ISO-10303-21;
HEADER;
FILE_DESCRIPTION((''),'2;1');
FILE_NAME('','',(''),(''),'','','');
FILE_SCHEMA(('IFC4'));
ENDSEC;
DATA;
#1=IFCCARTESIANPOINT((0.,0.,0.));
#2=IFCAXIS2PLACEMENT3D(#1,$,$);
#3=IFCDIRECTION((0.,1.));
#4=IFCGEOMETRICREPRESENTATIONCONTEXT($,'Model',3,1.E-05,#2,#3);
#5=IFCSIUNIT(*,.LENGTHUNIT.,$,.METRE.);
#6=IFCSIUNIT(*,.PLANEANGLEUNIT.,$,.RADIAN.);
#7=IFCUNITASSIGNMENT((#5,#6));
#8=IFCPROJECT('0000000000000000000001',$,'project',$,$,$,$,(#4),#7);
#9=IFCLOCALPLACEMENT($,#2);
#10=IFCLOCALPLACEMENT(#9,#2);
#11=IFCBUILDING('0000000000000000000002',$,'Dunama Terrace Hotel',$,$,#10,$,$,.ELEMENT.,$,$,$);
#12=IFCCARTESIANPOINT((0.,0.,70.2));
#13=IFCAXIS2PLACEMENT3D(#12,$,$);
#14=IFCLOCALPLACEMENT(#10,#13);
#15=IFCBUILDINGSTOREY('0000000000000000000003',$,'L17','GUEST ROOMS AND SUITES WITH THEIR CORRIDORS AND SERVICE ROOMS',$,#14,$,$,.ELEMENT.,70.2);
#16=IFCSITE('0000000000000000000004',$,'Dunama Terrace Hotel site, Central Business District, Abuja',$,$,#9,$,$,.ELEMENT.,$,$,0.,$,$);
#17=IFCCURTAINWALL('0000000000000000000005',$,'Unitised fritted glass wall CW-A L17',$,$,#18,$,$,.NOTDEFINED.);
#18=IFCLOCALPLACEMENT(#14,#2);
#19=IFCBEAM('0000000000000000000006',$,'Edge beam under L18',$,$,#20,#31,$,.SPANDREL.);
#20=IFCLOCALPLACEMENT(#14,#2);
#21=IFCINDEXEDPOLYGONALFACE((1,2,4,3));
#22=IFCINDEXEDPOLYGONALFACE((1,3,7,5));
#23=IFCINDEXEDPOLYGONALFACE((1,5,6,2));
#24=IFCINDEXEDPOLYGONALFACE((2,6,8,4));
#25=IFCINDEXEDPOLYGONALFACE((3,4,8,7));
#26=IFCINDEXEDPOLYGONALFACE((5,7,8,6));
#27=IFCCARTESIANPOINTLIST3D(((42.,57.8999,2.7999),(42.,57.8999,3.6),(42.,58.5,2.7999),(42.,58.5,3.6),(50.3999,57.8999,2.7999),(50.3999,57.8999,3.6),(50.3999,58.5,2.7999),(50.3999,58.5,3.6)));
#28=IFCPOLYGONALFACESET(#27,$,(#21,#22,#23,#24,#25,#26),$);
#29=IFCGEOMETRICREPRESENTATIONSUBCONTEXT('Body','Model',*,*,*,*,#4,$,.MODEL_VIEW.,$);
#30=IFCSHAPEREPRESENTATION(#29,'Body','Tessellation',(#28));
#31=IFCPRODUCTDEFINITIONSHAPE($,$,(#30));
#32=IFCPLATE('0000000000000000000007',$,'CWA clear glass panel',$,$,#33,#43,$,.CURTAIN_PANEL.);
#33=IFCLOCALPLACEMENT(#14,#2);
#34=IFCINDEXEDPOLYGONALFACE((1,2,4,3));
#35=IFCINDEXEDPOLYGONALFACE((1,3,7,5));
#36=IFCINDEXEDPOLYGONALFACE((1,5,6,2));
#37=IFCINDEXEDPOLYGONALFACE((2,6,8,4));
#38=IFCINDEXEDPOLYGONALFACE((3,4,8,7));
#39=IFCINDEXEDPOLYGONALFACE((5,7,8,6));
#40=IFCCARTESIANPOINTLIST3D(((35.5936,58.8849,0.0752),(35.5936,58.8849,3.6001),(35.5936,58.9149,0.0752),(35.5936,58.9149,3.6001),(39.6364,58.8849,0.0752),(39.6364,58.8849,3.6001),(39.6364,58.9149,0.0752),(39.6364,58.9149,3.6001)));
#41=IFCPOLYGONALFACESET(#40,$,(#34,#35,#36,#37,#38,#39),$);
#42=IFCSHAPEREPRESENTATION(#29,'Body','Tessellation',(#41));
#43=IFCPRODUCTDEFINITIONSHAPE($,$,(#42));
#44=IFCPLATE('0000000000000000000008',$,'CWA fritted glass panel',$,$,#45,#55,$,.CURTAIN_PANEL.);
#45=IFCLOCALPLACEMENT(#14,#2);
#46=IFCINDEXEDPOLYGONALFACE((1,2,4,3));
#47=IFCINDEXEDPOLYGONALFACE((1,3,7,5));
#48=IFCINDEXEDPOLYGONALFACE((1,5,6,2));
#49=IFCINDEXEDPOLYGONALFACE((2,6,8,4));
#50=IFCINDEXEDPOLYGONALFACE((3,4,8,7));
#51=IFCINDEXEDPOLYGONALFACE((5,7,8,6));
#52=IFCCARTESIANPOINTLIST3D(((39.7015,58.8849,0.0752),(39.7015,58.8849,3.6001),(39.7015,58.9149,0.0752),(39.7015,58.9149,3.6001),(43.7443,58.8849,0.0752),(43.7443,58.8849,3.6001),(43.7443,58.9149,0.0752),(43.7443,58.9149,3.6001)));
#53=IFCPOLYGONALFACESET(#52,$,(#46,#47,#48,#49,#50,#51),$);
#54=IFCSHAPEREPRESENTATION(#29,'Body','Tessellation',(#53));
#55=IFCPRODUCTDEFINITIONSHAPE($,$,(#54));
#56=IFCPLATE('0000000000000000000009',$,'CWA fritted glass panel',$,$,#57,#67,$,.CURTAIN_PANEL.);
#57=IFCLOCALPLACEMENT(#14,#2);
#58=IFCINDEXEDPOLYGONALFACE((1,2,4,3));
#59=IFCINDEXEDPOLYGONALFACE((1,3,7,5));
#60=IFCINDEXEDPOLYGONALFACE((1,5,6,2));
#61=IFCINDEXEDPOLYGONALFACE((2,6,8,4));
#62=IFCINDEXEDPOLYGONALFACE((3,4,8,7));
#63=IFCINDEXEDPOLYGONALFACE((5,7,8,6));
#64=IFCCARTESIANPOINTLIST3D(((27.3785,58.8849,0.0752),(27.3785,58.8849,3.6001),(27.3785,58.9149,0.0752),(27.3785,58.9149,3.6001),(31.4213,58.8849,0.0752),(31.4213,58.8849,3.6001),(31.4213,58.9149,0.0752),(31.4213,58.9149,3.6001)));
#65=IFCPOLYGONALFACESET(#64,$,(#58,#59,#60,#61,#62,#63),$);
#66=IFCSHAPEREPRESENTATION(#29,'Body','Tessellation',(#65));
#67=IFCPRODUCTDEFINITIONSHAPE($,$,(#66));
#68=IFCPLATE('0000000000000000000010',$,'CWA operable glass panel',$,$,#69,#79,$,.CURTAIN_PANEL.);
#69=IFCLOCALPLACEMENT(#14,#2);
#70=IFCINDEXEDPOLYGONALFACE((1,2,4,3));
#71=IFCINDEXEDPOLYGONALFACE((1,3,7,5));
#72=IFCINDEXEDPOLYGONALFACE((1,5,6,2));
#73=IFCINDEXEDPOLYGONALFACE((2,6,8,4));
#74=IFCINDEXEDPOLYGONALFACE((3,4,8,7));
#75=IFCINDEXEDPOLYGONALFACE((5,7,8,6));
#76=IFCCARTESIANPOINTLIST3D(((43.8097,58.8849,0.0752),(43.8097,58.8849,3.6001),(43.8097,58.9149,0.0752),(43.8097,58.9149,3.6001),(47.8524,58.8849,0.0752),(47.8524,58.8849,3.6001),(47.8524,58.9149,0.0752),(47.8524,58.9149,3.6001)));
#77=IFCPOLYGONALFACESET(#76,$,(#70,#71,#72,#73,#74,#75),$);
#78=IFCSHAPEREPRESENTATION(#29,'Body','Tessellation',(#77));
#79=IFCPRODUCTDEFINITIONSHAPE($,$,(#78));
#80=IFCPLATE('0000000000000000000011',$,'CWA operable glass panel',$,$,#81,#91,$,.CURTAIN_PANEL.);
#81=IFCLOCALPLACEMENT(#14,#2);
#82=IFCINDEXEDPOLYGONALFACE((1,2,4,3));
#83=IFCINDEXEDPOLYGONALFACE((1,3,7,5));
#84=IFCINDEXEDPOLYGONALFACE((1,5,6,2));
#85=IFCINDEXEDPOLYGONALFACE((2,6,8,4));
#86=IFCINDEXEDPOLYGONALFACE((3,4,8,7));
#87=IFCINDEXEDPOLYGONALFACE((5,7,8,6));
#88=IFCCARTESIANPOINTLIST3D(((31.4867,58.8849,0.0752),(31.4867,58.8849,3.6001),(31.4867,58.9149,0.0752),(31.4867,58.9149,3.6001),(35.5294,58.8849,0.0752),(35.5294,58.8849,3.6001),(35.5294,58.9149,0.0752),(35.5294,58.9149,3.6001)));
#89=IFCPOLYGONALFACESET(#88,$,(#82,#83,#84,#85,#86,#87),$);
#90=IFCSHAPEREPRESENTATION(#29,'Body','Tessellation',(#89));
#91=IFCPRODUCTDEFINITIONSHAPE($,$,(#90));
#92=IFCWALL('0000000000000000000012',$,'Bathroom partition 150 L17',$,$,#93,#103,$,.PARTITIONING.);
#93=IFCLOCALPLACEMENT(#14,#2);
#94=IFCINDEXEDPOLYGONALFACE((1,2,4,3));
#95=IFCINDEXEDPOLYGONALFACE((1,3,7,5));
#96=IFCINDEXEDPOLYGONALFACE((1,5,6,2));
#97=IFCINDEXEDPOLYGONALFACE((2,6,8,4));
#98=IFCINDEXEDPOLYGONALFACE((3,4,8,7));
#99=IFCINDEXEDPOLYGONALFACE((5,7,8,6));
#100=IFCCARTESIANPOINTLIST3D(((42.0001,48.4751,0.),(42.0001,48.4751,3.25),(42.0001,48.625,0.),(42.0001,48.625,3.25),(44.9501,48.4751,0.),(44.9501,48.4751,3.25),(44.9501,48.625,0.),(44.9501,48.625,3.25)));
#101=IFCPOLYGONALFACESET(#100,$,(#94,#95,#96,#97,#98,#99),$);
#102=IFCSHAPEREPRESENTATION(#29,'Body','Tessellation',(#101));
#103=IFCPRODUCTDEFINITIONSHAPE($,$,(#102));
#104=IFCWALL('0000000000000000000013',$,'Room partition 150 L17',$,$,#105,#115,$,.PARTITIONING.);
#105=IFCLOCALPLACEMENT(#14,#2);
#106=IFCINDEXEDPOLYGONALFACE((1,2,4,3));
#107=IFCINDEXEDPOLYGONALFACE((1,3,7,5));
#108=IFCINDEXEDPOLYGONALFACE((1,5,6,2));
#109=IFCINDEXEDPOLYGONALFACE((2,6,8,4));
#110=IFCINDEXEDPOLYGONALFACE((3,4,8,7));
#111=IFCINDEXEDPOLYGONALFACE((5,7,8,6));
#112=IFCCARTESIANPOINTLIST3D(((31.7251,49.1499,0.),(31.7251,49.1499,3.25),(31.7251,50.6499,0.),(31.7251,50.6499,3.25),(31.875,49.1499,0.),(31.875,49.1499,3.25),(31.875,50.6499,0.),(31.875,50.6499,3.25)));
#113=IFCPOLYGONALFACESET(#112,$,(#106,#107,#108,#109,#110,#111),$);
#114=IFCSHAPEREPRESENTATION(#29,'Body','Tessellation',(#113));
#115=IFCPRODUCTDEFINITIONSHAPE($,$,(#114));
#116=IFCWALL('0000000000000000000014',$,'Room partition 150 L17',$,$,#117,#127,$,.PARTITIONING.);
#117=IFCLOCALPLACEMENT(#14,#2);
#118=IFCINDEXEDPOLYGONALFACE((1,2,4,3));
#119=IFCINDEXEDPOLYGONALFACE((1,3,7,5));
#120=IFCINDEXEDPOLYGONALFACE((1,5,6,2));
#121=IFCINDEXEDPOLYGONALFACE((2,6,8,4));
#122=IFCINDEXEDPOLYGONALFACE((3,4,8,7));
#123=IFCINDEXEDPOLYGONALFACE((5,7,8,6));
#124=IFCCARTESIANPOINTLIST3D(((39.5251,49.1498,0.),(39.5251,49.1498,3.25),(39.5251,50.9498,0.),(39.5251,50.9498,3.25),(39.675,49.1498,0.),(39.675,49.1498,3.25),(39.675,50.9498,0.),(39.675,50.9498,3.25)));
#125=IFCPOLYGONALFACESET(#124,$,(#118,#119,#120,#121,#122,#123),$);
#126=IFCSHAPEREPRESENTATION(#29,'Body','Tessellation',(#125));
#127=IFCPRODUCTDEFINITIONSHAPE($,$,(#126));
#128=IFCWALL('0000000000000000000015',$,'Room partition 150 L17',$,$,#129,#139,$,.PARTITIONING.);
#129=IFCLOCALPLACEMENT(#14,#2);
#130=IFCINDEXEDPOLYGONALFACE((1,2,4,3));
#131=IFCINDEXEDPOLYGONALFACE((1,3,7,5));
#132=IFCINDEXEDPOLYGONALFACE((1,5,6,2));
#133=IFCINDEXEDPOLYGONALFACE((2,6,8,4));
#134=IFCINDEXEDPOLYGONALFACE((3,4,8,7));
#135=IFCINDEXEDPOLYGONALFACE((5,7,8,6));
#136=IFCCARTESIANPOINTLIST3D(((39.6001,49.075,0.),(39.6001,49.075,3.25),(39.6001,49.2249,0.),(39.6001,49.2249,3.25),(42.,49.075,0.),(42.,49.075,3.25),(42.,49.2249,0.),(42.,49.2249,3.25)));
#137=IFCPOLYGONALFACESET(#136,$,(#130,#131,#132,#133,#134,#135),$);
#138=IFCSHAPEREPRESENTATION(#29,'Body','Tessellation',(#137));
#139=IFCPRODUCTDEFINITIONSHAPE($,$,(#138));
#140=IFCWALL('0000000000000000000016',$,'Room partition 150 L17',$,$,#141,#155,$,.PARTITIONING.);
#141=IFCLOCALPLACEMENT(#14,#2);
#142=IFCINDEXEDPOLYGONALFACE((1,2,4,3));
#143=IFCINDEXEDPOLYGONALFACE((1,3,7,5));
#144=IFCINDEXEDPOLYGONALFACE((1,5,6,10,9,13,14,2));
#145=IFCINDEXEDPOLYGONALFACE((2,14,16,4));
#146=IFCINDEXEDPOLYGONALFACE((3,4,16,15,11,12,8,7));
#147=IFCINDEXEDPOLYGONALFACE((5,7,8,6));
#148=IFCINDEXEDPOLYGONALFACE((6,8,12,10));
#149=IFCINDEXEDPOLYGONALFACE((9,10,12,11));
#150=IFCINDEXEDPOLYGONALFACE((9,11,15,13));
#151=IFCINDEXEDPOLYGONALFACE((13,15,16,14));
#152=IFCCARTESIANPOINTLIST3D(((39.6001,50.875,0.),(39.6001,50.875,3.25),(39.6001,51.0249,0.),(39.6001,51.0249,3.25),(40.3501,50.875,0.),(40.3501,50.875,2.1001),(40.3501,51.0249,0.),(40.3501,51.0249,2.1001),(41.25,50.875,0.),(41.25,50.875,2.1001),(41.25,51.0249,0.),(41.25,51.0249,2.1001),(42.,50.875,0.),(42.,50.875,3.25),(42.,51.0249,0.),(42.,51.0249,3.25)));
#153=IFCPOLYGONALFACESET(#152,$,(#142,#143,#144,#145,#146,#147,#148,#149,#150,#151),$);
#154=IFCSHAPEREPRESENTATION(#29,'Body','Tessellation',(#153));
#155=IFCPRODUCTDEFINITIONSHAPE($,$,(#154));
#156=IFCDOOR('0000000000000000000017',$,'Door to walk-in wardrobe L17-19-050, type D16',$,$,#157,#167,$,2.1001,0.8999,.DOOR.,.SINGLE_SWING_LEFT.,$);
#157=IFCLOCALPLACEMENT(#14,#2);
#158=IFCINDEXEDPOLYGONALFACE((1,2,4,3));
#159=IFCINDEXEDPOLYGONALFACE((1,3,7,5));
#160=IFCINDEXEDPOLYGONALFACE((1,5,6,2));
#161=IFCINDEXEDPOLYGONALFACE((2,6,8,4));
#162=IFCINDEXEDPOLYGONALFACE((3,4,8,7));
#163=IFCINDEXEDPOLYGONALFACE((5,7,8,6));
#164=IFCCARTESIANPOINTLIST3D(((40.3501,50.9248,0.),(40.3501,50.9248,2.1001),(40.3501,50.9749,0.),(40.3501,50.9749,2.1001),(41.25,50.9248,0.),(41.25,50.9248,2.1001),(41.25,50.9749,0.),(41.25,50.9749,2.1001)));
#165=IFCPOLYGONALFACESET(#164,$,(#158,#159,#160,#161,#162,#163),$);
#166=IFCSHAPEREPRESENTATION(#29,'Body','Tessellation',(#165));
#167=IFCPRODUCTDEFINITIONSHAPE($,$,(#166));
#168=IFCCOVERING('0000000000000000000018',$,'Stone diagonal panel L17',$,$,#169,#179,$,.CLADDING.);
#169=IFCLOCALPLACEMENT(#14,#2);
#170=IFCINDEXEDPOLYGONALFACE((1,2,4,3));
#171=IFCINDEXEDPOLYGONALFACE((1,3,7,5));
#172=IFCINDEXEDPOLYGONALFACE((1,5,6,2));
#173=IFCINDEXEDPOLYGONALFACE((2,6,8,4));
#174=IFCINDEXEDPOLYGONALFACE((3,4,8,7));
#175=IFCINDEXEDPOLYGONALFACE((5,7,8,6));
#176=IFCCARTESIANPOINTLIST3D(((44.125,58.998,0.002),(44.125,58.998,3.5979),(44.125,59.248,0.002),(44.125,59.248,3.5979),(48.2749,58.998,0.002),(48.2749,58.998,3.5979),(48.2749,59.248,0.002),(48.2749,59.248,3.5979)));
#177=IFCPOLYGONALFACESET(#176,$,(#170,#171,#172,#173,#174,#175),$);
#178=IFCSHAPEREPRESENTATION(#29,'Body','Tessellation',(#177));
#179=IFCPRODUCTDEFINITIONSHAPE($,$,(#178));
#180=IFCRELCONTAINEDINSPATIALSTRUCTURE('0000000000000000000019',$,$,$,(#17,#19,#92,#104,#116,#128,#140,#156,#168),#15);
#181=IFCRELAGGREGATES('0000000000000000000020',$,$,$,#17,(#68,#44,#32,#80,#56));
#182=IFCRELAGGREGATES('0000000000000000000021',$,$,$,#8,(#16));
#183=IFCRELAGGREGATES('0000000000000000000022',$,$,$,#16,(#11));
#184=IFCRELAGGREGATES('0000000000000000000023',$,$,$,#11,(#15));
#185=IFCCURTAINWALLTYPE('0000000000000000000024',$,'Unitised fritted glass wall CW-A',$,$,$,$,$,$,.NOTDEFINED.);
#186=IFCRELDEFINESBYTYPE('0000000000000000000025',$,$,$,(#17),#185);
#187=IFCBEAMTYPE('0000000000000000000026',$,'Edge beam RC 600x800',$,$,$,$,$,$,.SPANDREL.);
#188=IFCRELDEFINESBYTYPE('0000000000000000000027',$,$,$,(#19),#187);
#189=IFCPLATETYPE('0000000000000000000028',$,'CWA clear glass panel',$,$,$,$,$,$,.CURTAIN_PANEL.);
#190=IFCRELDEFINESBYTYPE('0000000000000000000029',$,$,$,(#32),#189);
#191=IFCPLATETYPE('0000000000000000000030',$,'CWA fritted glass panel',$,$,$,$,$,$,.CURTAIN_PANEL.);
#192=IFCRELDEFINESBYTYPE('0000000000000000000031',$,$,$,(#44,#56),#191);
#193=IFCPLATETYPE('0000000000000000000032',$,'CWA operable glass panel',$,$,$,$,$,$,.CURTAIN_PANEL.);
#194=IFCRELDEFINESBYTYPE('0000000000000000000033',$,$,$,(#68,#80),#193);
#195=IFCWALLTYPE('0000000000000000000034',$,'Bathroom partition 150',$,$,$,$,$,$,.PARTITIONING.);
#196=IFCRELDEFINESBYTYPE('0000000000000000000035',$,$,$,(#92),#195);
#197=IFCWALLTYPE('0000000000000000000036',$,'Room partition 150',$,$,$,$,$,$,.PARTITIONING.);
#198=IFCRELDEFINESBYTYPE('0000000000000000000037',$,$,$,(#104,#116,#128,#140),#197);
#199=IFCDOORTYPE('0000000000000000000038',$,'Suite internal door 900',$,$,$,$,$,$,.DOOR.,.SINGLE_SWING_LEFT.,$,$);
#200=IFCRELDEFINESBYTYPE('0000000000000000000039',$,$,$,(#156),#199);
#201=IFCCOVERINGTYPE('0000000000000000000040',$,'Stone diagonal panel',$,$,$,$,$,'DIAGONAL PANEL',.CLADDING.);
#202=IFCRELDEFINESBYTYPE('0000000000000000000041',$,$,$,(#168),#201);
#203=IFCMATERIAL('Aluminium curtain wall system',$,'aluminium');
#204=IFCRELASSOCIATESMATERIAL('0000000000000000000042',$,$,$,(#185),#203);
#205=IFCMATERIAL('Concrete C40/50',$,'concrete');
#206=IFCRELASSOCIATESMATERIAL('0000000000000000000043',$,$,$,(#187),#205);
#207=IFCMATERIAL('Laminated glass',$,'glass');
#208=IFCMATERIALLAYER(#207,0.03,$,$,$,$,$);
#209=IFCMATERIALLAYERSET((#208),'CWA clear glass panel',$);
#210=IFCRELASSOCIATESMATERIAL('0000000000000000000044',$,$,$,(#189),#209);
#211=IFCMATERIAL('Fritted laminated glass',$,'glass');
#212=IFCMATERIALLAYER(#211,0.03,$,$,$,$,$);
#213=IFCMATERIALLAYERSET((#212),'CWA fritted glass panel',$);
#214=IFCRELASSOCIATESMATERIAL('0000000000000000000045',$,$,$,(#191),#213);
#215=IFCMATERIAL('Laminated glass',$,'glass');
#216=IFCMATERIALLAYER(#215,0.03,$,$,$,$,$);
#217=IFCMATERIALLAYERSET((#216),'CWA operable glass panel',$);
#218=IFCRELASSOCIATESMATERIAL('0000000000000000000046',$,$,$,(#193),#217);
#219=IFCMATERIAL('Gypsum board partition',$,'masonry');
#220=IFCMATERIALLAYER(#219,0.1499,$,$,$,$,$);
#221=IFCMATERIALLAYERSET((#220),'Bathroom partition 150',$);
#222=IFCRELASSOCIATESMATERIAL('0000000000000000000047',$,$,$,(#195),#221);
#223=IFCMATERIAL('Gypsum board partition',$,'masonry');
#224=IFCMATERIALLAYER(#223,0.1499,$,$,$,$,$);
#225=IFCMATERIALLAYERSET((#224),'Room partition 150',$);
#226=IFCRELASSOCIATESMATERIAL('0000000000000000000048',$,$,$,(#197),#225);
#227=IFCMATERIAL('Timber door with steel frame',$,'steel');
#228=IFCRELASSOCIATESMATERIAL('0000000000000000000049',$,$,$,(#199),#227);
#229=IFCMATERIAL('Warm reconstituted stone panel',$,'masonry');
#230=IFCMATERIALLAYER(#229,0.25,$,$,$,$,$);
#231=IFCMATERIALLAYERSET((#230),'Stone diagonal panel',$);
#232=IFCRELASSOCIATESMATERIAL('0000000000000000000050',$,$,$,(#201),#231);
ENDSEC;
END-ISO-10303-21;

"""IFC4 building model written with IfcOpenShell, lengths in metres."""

from ifc_helpers import new_model, si_unit, direction, frame, frame_2d, origin, origin_2d, place, context, subcontext, project, spatial, rectangle, extrude, material, layer, layer_set, material_profile, profile_set, type_object, element, fill, aggregate, save


model = new_model("IFC4")

# Units and contexts
model_context = context("Model", 3, precision=1e-05, world=origin(), true_north=direction((0.0, 1.0)))
body_context = subcontext(model_context, "Body", "Model", "MODEL_VIEW")
ifc_project = project(units=[si_unit("LENGTHUNIT", "METRE"), si_unit("PLANEANGLEUNIT", "RADIAN")], contexts=[model_context])

# Site, building, storey
site_placement = place(None, origin())
site = spatial("IfcSite", under=ifc_project, at=site_placement, Name="Dunama Terrace Hotel site, Central Business District, Abuja", CompositionType="ELEMENT", RefElevation=0.0)
building_placement = place(site_placement, origin())
building = spatial("IfcBuilding", under=site, at=building_placement, Name="Dunama Terrace Hotel", CompositionType="ELEMENT")
storey_placement = place(building_placement, frame((0.0, 0.0, 70.2)))
storey = spatial("IfcBuildingStorey", under=building, at=storey_placement, Name="L17", Description="GUEST ROOMS AND SUITES WITH THEIR CORRIDORS AND SERVICE ROOMS", CompositionType="ELEMENT", Elevation=70.2)

# Curtain wall
ifc_material_1 = material(Name="Aluminium curtain wall system", Category="aluminium")
curtain_wall_type = type_object("IfcCurtainWallType", Name="Unitised fritted glass wall CW-A", PredefinedType="NOTDEFINED", material=ifc_material_1)
curtain_wall_placement = place(storey_placement, origin())
curtain_wall = element("IfcCurtainWall", 1, at=curtain_wall_placement, inside=storey, type_object=curtain_wall_type, Name="Unitised fritted glass wall CW-A L17", PredefinedType="NOTDEFINED")

# Beam
ifc_material_2 = material(Name="Concrete C40/50", Category="concrete")
ifc_material_profile_1 = material_profile(ifc_material_2, rectangle(XDim=0.6001, YDim=0.8, at=origin_2d()), Name="RC 600x800")
ifc_profile_set_1 = profile_set([ifc_material_profile_1], Name="Concrete C40/50")
beam_type = type_object("IfcBeamType", Name="Edge beam RC 600x800", PredefinedType="SPANDREL", material=ifc_profile_set_1)
for number, where, z_axis, x_axis, name in (
    (2, (42.0, 58.2, 3.2), (1.0, 0.0, 0.0), (0.0, 1.0, 0.0), "Edge beam under L18"),
):
    element("IfcBeam", number, at=place(storey_placement, frame(where, z_axis=z_axis, x_axis=x_axis)), inside=storey, type_object=beam_type, Name=name, PredefinedType="SPANDREL", context=body_context, shape_type="SweptSolid", body=[
        extrude(rectangle(XDim=0.6001, YDim=0.8, at=origin_2d()), origin(), (0.0, 0.0, 1.0), 8.3999),
    ])

# Plates
ifc_material_3 = material(Name="Laminated glass", Category="glass")
ifc_layer_1 = layer(ifc_material_3, 0.03)
ifc_layer_set_1 = layer_set([ifc_layer_1], Name="CWA clear glass panel")
plate_type_1 = type_object("IfcPlateType", Name="CWA clear glass panel", PredefinedType="CURTAIN_PANEL", material=ifc_layer_set_1)
plate_1_placement = place(storey_placement, frame((37.615, 58.8999, 0.0752), z_axis=(0.0, 0.0, 1.0), x_axis=(-1.0, 0.0, 0.0)))
plate_1 = element("IfcPlate", 3, at=plate_1_placement, type_object=plate_type_1, Name="CWA clear glass panel", PredefinedType="CURTAIN_PANEL", context=body_context, shape_type="SweptSolid", body=[
    extrude(rectangle(XDim=4.0427, YDim=0.03, at=origin_2d()), origin(), (0.0, 0.0, 1.0), 3.5249),
])
ifc_material_4 = material(Name="Fritted laminated glass", Category="glass")
ifc_layer_2 = layer(ifc_material_4, 0.03)
ifc_layer_set_2 = layer_set([ifc_layer_2], Name="CWA fritted glass panel")
plate_type_2 = type_object("IfcPlateType", Name="CWA fritted glass panel", PredefinedType="CURTAIN_PANEL", material=ifc_layer_set_2)
plate_2_placement = place(storey_placement, frame((41.7229, 58.8999, 0.0752), z_axis=(0.0, 0.0, 1.0), x_axis=(-1.0, 0.0, 0.0)))
plate_2 = element("IfcPlate", 4, at=plate_2_placement, type_object=plate_type_2, Name="CWA fritted glass panel", PredefinedType="CURTAIN_PANEL", context=body_context, shape_type="SweptSolid", body=[
    extrude(rectangle(XDim=4.0427, YDim=0.03, at=origin_2d()), origin(), (0.0, 0.0, 1.0), 3.5249),
])
plate_3_placement = place(storey_placement, frame((29.3999, 58.8999, 0.0752), z_axis=(0.0, 0.0, 1.0), x_axis=(-1.0, 0.0, 0.0)))
plate_3 = element("IfcPlate", 5, at=plate_3_placement, type_object=plate_type_2, Name="CWA fritted glass panel", PredefinedType="CURTAIN_PANEL", context=body_context, shape_type="SweptSolid", body=[
    extrude(rectangle(XDim=4.0427, YDim=0.03, at=origin_2d()), origin(), (0.0, 0.0, 1.0), 3.5249),
])
ifc_material_5 = material(Name="Laminated glass", Category="glass")
ifc_layer_3 = layer(ifc_material_5, 0.03)
ifc_layer_set_3 = layer_set([ifc_layer_3], Name="CWA operable glass panel")
plate_type_3 = type_object("IfcPlateType", Name="CWA operable glass panel", PredefinedType="CURTAIN_PANEL", material=ifc_layer_set_3)
plate_4_placement = place(storey_placement, frame((45.8311, 58.8999, 0.0752), z_axis=(0.0, 0.0, 1.0), x_axis=(-1.0, 0.0, 0.0)))
plate_4 = element("IfcPlate", 6, at=plate_4_placement, type_object=plate_type_3, Name="CWA operable glass panel", PredefinedType="CURTAIN_PANEL", context=body_context, shape_type="SweptSolid", body=[
    extrude(rectangle(XDim=4.0427, YDim=0.03, at=origin_2d()), origin(), (0.0, 0.0, 1.0), 3.5249),
])
plate_5_placement = place(storey_placement, frame((33.5081, 58.8999, 0.0752), z_axis=(0.0, 0.0, 1.0), x_axis=(-1.0, 0.0, 0.0)))
plate_5 = element("IfcPlate", 7, at=plate_5_placement, type_object=plate_type_3, Name="CWA operable glass panel", PredefinedType="CURTAIN_PANEL", context=body_context, shape_type="SweptSolid", body=[
    extrude(rectangle(XDim=4.0427, YDim=0.03, at=origin_2d()), origin(), (0.0, 0.0, 1.0), 3.5249),
])
aggregate(curtain_wall, [plate_4, plate_2, plate_1, plate_5, plate_3])

# Walls
ifc_material_6 = material(Name="Gypsum board partition", Category="masonry")
ifc_layer_4 = layer(ifc_material_6, 0.1499)
ifc_layer_set_4 = layer_set([ifc_layer_4], Name="Bathroom partition 150")
wall_type_1 = type_object("IfcWallType", Name="Bathroom partition 150", PredefinedType="PARTITIONING", material=ifc_layer_set_4)
wall_1_placement = place(storey_placement, frame((42.0, 48.55, 0.0), z_axis=(0.0, 0.0, 1.0), x_axis=(1.0, 0.0, 0.0)))
element("IfcWall", 8, at=wall_1_placement, inside=storey, type_object=wall_type_1, Name="Bathroom partition 150 L17", PredefinedType="PARTITIONING", context=body_context, shape_type="SweptSolid", body=[
    extrude(rectangle(XDim=2.95, YDim=0.1499, at=frame_2d((1.4751, 0.0))), origin(), (0.0, 0.0, 1.0), 3.25),
])
ifc_material_7 = material(Name="Gypsum board partition", Category="masonry")
ifc_layer_5 = layer(ifc_material_7, 0.1499)
ifc_layer_set_5 = layer_set([ifc_layer_5], Name="Room partition 150")
wall_type_2 = type_object("IfcWallType", Name="Room partition 150", PredefinedType="PARTITIONING", material=ifc_layer_set_5)
wall_2_placement = place(storey_placement, frame((31.8, 49.1499, 0.0), z_axis=(0.0, 0.0, 1.0), x_axis=(0.0, 1.0, 0.0)))
element("IfcWall", 9, at=wall_2_placement, inside=storey, type_object=wall_type_2, Name="Room partition 150 L17", PredefinedType="PARTITIONING", context=body_context, shape_type="SweptSolid", body=[
    extrude(rectangle(XDim=1.5, YDim=0.1499, at=frame_2d((0.75, 0.0))), origin(), (0.0, 0.0, 1.0), 3.25),
])
wall_3_placement = place(storey_placement, frame((39.6001, 49.1499, 0.0), z_axis=(0.0, 0.0, 1.0), x_axis=(0.0, 1.0, 0.0)))
element("IfcWall", 10, at=wall_3_placement, inside=storey, type_object=wall_type_2, Name="Room partition 150 L17", PredefinedType="PARTITIONING", context=body_context, shape_type="SweptSolid", body=[
    extrude(rectangle(XDim=1.8, YDim=0.1499, at=frame_2d((0.8999, 0.0))), origin(), (0.0, 0.0, 1.0), 3.25),
])
wall_4_placement = place(storey_placement, frame((39.6001, 49.1499, 0.0), z_axis=(0.0, 0.0, 1.0), x_axis=(1.0, 0.0, 0.0)))
element("IfcWall", 11, at=wall_4_placement, inside=storey, type_object=wall_type_2, Name="Room partition 150 L17", PredefinedType="PARTITIONING", context=body_context, shape_type="SweptSolid", body=[
    extrude(rectangle(XDim=2.3999, YDim=0.1499, at=frame_2d((1.2, 0.0))), origin(), (0.0, 0.0, 1.0), 3.25),
])

# Wall, opening, door
wall_5_placement = place(storey_placement, frame((39.6001, 50.95, 0.0), z_axis=(0.0, 0.0, 1.0), x_axis=(1.0, 0.0, 0.0)))
wall_5 = element("IfcWall", 12, at=wall_5_placement, inside=storey, type_object=wall_type_2, Name="Room partition 150 L17", PredefinedType="PARTITIONING", context=body_context, shape_type="SweptSolid", body=[
    extrude(rectangle(XDim=2.3999, YDim=0.1499, at=frame_2d((1.2, 0.0))), origin(), (0.0, 0.0, 1.0), 3.25),
])
opening_placement = place(wall_5_placement, frame((0.75, 0.0, 0.0)))
opening = element("IfcOpeningElement", 13, at=opening_placement, cuts=wall_5, PredefinedType="OPENING", context=body_context, shape_type="SweptSolid", body=[
    extrude(rectangle(XDim=0.8999, YDim=2.1001, at=frame_2d((0.45, 1.05))), frame((0.0, 0.085, 0.0), z_axis=(0.0, -1.0, 0.0), x_axis=(1.0, 0.0, 0.0)), (0.0, 0.0, 1.0), 0.1699),
])
ifc_material_8 = material(Name="Timber door with steel frame", Category="steel")
door_type = type_object("IfcDoorType", Name="Suite internal door 900", OperationType="SINGLE_SWING_LEFT", PredefinedType="DOOR", material=ifc_material_8)
door_placement = place(opening_placement, frame((0.8999, 0.0, 0.0), z_axis=(0.0, 0.0, 1.0), x_axis=(-1.0, 0.0, 0.0)))
door = element("IfcDoor", 14, at=door_placement, inside=storey, type_object=door_type, Name="Door to walk-in wardrobe L17-19-050, type D16", OperationType="SINGLE_SWING_LEFT", OverallHeight=2.1001, OverallWidth=0.8999, PredefinedType="DOOR", context=body_context, shape_type="SweptSolid", body=[
    extrude(rectangle(XDim=0.8999, YDim=2.1001, at=frame_2d((0.45, 1.05))), frame((0.0, 0.0251, 0.0), z_axis=(0.0, -1.0, 0.0), x_axis=(1.0, 0.0, 0.0)), (0.0, 0.0, 1.0), 0.05),
])
fill(opening, door)

# Covering
ifc_material_9 = material(Name="Warm reconstituted stone panel", Category="masonry")
ifc_layer_6 = layer(ifc_material_9, 0.25)
ifc_layer_set_6 = layer_set([ifc_layer_6], Name="Stone diagonal panel")
covering_type = type_object("IfcCoveringType", Name="Stone diagonal panel", ElementType="DIAGONAL PANEL", PredefinedType="CLADDING", material=ifc_layer_set_6)
for number, where, z_axis, x_axis, name in (
    (15, (46.2, 59.123, 0.002), (0.0, 0.0, 1.0), (-1.0, 0.0, 0.0), "Stone diagonal panel L17"),
):
    element("IfcCovering", number, at=place(storey_placement, frame(where, z_axis=z_axis, x_axis=x_axis)), inside=storey, type_object=covering_type, Name=name, PredefinedType="CLADDING", context=body_context, shape_type="SweptSolid", body=[
        extrude(rectangle(XDim=4.1499, YDim=0.25, at=origin_2d()), origin(), (0.0, 0.0, 1.0), 3.5959),
    ])

save(model, "model.ifc")
